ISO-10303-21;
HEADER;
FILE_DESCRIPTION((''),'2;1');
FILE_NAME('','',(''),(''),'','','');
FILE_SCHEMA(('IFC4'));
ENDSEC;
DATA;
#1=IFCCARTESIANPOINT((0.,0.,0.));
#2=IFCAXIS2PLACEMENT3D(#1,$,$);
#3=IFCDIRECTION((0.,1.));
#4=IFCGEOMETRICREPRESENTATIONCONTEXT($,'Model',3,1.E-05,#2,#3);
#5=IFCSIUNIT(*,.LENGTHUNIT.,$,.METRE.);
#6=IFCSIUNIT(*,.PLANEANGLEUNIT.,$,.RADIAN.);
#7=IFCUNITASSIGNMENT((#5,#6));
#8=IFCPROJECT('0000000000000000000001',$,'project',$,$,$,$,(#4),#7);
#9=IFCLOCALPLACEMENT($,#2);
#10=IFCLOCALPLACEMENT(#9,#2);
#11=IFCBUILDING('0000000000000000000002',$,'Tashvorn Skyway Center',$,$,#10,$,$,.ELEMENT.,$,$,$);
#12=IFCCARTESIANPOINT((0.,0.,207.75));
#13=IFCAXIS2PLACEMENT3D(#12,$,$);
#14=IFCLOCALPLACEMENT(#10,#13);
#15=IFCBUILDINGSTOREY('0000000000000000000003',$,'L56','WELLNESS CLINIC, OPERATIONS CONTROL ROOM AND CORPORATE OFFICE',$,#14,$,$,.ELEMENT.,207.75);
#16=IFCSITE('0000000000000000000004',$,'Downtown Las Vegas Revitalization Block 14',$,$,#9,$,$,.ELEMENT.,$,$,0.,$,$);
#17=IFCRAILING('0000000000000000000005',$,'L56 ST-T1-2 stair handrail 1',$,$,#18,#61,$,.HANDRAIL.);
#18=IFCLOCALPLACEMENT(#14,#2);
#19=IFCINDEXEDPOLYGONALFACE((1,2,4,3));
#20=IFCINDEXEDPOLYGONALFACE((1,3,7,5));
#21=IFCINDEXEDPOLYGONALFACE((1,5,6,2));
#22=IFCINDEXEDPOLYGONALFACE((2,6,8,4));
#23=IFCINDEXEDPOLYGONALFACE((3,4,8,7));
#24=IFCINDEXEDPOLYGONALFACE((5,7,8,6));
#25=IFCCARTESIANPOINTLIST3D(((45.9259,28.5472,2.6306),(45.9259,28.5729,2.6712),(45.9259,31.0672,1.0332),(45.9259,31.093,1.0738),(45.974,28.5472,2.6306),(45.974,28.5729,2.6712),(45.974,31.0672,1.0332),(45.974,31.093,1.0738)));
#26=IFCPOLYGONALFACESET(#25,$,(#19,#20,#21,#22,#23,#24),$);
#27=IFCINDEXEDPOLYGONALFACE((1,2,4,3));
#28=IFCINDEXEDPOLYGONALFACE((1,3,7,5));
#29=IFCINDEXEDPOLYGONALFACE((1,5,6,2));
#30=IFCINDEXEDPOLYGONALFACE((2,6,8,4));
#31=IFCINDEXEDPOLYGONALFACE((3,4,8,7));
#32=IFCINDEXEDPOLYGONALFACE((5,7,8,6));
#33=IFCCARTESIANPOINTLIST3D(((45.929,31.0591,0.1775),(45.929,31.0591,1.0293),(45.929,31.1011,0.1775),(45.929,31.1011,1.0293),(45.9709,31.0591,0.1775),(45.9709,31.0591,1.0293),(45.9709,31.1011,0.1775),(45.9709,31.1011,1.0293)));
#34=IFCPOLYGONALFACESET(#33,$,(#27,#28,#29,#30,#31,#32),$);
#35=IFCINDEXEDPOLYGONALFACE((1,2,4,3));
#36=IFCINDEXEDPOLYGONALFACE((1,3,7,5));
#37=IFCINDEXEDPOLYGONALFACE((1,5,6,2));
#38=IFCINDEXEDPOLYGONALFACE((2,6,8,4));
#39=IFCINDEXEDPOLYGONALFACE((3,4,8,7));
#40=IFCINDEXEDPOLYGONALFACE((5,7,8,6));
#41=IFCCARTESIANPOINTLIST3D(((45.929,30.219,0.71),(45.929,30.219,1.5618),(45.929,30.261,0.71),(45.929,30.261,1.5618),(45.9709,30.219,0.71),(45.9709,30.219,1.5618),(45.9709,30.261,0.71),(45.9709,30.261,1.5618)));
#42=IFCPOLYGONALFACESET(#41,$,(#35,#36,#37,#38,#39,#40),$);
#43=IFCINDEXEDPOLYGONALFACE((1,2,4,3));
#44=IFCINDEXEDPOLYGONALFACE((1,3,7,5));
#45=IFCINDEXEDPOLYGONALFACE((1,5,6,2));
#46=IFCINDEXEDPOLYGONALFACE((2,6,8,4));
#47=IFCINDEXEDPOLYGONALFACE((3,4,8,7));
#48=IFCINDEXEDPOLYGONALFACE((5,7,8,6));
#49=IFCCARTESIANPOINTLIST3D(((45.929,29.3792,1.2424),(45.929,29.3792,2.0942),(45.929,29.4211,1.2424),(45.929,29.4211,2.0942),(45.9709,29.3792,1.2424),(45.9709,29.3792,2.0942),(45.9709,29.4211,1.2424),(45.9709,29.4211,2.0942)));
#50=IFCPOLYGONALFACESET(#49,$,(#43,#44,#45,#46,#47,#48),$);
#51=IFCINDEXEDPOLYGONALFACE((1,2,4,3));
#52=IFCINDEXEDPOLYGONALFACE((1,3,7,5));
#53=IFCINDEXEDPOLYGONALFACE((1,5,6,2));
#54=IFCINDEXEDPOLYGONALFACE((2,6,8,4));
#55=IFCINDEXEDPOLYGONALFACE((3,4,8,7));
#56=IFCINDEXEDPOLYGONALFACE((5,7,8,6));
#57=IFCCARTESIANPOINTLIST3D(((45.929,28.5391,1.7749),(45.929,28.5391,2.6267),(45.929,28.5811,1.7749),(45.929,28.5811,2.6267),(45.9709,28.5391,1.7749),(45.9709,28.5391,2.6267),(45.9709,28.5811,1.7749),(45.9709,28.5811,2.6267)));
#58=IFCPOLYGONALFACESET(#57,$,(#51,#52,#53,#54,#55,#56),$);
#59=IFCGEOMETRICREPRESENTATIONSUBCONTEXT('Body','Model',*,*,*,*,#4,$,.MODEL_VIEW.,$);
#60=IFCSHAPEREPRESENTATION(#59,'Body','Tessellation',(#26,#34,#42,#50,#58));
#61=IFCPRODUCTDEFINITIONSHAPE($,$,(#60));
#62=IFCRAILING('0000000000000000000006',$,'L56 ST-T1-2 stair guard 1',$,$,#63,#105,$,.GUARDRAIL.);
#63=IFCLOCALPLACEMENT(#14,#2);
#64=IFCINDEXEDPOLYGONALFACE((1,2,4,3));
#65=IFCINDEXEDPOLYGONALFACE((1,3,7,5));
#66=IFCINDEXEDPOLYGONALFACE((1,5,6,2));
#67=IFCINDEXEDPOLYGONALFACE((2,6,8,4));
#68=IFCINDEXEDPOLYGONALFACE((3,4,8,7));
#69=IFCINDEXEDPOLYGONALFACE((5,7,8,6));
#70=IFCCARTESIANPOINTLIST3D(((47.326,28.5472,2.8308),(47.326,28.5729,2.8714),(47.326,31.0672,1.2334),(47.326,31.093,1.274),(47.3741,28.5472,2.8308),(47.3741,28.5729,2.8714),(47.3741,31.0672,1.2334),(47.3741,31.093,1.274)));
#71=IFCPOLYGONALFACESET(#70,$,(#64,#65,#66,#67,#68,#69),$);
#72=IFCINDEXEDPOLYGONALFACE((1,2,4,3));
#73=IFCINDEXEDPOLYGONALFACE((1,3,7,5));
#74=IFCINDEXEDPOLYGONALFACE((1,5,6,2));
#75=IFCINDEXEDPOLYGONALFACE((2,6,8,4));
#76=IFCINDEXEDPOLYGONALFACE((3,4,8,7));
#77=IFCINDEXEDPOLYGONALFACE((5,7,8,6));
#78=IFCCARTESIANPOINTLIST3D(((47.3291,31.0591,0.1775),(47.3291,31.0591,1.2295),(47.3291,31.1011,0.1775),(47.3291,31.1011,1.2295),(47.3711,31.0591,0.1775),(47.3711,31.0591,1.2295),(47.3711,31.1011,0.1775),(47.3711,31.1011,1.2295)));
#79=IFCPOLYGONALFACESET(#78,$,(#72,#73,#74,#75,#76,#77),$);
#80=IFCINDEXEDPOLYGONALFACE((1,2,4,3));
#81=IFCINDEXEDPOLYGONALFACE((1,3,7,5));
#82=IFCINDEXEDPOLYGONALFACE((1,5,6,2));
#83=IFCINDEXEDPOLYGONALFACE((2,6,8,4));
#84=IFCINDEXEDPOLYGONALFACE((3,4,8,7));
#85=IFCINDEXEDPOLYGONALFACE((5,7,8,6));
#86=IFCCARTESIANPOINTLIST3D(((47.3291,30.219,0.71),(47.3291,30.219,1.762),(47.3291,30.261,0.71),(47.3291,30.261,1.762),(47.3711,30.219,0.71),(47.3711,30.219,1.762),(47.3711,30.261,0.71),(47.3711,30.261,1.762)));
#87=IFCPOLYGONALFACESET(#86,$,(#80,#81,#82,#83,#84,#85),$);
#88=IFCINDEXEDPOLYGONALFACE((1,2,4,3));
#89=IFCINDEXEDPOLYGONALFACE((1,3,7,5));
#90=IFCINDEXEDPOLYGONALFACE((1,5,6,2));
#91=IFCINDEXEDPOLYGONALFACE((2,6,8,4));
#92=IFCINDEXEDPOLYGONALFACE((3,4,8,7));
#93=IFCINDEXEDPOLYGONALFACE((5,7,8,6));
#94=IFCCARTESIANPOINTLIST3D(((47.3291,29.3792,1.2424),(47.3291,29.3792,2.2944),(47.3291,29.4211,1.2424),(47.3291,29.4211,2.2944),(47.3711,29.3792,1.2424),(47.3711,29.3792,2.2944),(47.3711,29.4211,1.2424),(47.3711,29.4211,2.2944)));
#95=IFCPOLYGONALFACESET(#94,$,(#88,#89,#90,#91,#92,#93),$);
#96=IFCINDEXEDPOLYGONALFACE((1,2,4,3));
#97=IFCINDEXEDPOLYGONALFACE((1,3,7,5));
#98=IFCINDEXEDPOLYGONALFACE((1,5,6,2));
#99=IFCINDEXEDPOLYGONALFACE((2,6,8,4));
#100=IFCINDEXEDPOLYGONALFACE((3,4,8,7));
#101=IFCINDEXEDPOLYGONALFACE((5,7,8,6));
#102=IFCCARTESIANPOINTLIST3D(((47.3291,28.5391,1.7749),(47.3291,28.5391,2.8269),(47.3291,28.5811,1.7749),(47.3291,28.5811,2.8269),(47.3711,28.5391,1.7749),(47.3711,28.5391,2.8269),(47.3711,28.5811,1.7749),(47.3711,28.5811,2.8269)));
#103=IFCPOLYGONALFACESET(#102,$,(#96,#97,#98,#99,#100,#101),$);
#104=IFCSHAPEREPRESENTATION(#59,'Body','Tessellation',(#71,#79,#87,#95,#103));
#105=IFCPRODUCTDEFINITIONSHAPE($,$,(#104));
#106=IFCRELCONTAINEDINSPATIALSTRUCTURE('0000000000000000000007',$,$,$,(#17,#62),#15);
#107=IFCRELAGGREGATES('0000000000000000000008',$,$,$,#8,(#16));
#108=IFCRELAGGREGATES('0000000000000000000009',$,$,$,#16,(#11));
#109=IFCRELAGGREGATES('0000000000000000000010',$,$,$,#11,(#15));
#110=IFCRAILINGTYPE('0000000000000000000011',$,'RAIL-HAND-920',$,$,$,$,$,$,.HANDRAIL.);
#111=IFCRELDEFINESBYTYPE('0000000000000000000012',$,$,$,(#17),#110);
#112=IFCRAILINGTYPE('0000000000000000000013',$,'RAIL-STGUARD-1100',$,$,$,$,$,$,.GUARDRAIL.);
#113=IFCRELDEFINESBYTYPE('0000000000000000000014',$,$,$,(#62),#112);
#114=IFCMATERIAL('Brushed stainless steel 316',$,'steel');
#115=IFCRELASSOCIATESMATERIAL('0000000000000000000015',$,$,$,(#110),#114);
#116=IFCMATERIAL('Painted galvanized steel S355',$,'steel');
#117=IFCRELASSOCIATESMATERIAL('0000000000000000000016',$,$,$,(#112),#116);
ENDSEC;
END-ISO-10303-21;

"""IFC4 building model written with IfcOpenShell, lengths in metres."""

from ifc_helpers import new_model, si_unit, direction, frame, origin, origin_2d, place, context, subcontext, project, spatial, rectangle, extrude, material, type_object, element, save


model = new_model("IFC4")

# Units and contexts
model_context = context("Model", 3, precision=1e-05, world=origin(), true_north=direction((0.0, 1.0)))
body_context = subcontext(model_context, "Body", "Model", "MODEL_VIEW")
ifc_project = project(units=[si_unit("LENGTHUNIT", "METRE"), si_unit("PLANEANGLEUNIT", "RADIAN")], contexts=[model_context])

# Site, building, storey
site_placement = place(None, origin())
site = spatial("IfcSite", under=ifc_project, at=site_placement, Name="Downtown Las Vegas Revitalization Block 14", CompositionType="ELEMENT", RefElevation=0.0)
building_placement = place(site_placement, origin())
building = spatial("IfcBuilding", under=site, at=building_placement, Name="Tashvorn Skyway Center", CompositionType="ELEMENT")
storey_placement = place(building_placement, frame((0.0, 0.0, 207.75)))
storey = spatial("IfcBuildingStorey", under=building, at=storey_placement, Name="L56", Description="WELLNESS CLINIC, OPERATIONS CONTROL ROOM AND CORPORATE OFFICE", CompositionType="ELEMENT", Elevation=207.75)

# Railings
ifc_material_1 = material(Name="Brushed stainless steel 316", Category="steel")
railing_type_1 = type_object("IfcRailingType", Name="RAIL-HAND-920", PredefinedType="HANDRAIL", material=ifc_material_1)
railing_1_placement = place(storey_placement, frame((45.95, 31.0801, 0.1775)))
element("IfcRailing", 1, at=railing_1_placement, inside=storey, type_object=railing_type_1, Name="L56 ST-T1-2 stair handrail 1", PredefinedType="HANDRAIL", context=body_context, shape_type="SweptSolid", body=[
    extrude(rectangle(XDim=0.0481, YDim=0.0481, at=origin_2d()), frame((0.0, 0.0, 0.876), z_axis=(0.0, -0.844607, 0.535387), x_axis=(1.0, 0.0, 0.0)), (0.0, 0.0, 1.0), 2.9836),
    extrude(rectangle(XDim=0.042, YDim=0.042, at=origin_2d()), origin(), (0.0, 0.0, 1.0), 0.8518),
    extrude(rectangle(XDim=0.042, YDim=0.042, at=origin_2d()), frame((0.0, -0.8401, 0.5325)), (0.0, 0.0, 1.0), 0.8518),
    extrude(rectangle(XDim=0.042, YDim=0.042, at=origin_2d()), frame((0.0, -1.6799, 1.0649)), (0.0, 0.0, 1.0), 0.8518),
    extrude(rectangle(XDim=0.042, YDim=0.042, at=origin_2d()), frame((0.0, -2.52, 1.5974)), (0.0, 0.0, 1.0), 0.8518),
])
ifc_material_2 = material(Name="Painted galvanized steel S355", Category="steel")
railing_type_2 = type_object("IfcRailingType", Name="RAIL-STGUARD-1100", PredefinedType="GUARDRAIL", material=ifc_material_2)
railing_2_placement = place(storey_placement, frame((47.3501, 31.0801, 0.1775)))
element("IfcRailing", 2, at=railing_2_placement, inside=storey, type_object=railing_type_2, Name="L56 ST-T1-2 stair guard 1", PredefinedType="GUARDRAIL", context=body_context, shape_type="SweptSolid", body=[
    extrude(rectangle(XDim=0.0481, YDim=0.0481, at=origin_2d()), frame((0.0, 0.0, 1.0762), z_axis=(0.0, -0.844607, 0.535387), x_axis=(1.0, 0.0, 0.0)), (0.0, 0.0, 1.0), 2.9836),
    extrude(rectangle(XDim=0.042, YDim=0.042, at=origin_2d()), origin(), (0.0, 0.0, 1.0), 1.052),
    extrude(rectangle(XDim=0.042, YDim=0.042, at=origin_2d()), frame((0.0, -0.8401, 0.5325)), (0.0, 0.0, 1.0), 1.052),
    extrude(rectangle(XDim=0.042, YDim=0.042, at=origin_2d()), frame((0.0, -1.6799, 1.0649)), (0.0, 0.0, 1.0), 1.052),
    extrude(rectangle(XDim=0.042, YDim=0.042, at=origin_2d()), frame((0.0, -2.52, 1.5974)), (0.0, 0.0, 1.0), 1.052),
])

save(model, "model.ifc")
